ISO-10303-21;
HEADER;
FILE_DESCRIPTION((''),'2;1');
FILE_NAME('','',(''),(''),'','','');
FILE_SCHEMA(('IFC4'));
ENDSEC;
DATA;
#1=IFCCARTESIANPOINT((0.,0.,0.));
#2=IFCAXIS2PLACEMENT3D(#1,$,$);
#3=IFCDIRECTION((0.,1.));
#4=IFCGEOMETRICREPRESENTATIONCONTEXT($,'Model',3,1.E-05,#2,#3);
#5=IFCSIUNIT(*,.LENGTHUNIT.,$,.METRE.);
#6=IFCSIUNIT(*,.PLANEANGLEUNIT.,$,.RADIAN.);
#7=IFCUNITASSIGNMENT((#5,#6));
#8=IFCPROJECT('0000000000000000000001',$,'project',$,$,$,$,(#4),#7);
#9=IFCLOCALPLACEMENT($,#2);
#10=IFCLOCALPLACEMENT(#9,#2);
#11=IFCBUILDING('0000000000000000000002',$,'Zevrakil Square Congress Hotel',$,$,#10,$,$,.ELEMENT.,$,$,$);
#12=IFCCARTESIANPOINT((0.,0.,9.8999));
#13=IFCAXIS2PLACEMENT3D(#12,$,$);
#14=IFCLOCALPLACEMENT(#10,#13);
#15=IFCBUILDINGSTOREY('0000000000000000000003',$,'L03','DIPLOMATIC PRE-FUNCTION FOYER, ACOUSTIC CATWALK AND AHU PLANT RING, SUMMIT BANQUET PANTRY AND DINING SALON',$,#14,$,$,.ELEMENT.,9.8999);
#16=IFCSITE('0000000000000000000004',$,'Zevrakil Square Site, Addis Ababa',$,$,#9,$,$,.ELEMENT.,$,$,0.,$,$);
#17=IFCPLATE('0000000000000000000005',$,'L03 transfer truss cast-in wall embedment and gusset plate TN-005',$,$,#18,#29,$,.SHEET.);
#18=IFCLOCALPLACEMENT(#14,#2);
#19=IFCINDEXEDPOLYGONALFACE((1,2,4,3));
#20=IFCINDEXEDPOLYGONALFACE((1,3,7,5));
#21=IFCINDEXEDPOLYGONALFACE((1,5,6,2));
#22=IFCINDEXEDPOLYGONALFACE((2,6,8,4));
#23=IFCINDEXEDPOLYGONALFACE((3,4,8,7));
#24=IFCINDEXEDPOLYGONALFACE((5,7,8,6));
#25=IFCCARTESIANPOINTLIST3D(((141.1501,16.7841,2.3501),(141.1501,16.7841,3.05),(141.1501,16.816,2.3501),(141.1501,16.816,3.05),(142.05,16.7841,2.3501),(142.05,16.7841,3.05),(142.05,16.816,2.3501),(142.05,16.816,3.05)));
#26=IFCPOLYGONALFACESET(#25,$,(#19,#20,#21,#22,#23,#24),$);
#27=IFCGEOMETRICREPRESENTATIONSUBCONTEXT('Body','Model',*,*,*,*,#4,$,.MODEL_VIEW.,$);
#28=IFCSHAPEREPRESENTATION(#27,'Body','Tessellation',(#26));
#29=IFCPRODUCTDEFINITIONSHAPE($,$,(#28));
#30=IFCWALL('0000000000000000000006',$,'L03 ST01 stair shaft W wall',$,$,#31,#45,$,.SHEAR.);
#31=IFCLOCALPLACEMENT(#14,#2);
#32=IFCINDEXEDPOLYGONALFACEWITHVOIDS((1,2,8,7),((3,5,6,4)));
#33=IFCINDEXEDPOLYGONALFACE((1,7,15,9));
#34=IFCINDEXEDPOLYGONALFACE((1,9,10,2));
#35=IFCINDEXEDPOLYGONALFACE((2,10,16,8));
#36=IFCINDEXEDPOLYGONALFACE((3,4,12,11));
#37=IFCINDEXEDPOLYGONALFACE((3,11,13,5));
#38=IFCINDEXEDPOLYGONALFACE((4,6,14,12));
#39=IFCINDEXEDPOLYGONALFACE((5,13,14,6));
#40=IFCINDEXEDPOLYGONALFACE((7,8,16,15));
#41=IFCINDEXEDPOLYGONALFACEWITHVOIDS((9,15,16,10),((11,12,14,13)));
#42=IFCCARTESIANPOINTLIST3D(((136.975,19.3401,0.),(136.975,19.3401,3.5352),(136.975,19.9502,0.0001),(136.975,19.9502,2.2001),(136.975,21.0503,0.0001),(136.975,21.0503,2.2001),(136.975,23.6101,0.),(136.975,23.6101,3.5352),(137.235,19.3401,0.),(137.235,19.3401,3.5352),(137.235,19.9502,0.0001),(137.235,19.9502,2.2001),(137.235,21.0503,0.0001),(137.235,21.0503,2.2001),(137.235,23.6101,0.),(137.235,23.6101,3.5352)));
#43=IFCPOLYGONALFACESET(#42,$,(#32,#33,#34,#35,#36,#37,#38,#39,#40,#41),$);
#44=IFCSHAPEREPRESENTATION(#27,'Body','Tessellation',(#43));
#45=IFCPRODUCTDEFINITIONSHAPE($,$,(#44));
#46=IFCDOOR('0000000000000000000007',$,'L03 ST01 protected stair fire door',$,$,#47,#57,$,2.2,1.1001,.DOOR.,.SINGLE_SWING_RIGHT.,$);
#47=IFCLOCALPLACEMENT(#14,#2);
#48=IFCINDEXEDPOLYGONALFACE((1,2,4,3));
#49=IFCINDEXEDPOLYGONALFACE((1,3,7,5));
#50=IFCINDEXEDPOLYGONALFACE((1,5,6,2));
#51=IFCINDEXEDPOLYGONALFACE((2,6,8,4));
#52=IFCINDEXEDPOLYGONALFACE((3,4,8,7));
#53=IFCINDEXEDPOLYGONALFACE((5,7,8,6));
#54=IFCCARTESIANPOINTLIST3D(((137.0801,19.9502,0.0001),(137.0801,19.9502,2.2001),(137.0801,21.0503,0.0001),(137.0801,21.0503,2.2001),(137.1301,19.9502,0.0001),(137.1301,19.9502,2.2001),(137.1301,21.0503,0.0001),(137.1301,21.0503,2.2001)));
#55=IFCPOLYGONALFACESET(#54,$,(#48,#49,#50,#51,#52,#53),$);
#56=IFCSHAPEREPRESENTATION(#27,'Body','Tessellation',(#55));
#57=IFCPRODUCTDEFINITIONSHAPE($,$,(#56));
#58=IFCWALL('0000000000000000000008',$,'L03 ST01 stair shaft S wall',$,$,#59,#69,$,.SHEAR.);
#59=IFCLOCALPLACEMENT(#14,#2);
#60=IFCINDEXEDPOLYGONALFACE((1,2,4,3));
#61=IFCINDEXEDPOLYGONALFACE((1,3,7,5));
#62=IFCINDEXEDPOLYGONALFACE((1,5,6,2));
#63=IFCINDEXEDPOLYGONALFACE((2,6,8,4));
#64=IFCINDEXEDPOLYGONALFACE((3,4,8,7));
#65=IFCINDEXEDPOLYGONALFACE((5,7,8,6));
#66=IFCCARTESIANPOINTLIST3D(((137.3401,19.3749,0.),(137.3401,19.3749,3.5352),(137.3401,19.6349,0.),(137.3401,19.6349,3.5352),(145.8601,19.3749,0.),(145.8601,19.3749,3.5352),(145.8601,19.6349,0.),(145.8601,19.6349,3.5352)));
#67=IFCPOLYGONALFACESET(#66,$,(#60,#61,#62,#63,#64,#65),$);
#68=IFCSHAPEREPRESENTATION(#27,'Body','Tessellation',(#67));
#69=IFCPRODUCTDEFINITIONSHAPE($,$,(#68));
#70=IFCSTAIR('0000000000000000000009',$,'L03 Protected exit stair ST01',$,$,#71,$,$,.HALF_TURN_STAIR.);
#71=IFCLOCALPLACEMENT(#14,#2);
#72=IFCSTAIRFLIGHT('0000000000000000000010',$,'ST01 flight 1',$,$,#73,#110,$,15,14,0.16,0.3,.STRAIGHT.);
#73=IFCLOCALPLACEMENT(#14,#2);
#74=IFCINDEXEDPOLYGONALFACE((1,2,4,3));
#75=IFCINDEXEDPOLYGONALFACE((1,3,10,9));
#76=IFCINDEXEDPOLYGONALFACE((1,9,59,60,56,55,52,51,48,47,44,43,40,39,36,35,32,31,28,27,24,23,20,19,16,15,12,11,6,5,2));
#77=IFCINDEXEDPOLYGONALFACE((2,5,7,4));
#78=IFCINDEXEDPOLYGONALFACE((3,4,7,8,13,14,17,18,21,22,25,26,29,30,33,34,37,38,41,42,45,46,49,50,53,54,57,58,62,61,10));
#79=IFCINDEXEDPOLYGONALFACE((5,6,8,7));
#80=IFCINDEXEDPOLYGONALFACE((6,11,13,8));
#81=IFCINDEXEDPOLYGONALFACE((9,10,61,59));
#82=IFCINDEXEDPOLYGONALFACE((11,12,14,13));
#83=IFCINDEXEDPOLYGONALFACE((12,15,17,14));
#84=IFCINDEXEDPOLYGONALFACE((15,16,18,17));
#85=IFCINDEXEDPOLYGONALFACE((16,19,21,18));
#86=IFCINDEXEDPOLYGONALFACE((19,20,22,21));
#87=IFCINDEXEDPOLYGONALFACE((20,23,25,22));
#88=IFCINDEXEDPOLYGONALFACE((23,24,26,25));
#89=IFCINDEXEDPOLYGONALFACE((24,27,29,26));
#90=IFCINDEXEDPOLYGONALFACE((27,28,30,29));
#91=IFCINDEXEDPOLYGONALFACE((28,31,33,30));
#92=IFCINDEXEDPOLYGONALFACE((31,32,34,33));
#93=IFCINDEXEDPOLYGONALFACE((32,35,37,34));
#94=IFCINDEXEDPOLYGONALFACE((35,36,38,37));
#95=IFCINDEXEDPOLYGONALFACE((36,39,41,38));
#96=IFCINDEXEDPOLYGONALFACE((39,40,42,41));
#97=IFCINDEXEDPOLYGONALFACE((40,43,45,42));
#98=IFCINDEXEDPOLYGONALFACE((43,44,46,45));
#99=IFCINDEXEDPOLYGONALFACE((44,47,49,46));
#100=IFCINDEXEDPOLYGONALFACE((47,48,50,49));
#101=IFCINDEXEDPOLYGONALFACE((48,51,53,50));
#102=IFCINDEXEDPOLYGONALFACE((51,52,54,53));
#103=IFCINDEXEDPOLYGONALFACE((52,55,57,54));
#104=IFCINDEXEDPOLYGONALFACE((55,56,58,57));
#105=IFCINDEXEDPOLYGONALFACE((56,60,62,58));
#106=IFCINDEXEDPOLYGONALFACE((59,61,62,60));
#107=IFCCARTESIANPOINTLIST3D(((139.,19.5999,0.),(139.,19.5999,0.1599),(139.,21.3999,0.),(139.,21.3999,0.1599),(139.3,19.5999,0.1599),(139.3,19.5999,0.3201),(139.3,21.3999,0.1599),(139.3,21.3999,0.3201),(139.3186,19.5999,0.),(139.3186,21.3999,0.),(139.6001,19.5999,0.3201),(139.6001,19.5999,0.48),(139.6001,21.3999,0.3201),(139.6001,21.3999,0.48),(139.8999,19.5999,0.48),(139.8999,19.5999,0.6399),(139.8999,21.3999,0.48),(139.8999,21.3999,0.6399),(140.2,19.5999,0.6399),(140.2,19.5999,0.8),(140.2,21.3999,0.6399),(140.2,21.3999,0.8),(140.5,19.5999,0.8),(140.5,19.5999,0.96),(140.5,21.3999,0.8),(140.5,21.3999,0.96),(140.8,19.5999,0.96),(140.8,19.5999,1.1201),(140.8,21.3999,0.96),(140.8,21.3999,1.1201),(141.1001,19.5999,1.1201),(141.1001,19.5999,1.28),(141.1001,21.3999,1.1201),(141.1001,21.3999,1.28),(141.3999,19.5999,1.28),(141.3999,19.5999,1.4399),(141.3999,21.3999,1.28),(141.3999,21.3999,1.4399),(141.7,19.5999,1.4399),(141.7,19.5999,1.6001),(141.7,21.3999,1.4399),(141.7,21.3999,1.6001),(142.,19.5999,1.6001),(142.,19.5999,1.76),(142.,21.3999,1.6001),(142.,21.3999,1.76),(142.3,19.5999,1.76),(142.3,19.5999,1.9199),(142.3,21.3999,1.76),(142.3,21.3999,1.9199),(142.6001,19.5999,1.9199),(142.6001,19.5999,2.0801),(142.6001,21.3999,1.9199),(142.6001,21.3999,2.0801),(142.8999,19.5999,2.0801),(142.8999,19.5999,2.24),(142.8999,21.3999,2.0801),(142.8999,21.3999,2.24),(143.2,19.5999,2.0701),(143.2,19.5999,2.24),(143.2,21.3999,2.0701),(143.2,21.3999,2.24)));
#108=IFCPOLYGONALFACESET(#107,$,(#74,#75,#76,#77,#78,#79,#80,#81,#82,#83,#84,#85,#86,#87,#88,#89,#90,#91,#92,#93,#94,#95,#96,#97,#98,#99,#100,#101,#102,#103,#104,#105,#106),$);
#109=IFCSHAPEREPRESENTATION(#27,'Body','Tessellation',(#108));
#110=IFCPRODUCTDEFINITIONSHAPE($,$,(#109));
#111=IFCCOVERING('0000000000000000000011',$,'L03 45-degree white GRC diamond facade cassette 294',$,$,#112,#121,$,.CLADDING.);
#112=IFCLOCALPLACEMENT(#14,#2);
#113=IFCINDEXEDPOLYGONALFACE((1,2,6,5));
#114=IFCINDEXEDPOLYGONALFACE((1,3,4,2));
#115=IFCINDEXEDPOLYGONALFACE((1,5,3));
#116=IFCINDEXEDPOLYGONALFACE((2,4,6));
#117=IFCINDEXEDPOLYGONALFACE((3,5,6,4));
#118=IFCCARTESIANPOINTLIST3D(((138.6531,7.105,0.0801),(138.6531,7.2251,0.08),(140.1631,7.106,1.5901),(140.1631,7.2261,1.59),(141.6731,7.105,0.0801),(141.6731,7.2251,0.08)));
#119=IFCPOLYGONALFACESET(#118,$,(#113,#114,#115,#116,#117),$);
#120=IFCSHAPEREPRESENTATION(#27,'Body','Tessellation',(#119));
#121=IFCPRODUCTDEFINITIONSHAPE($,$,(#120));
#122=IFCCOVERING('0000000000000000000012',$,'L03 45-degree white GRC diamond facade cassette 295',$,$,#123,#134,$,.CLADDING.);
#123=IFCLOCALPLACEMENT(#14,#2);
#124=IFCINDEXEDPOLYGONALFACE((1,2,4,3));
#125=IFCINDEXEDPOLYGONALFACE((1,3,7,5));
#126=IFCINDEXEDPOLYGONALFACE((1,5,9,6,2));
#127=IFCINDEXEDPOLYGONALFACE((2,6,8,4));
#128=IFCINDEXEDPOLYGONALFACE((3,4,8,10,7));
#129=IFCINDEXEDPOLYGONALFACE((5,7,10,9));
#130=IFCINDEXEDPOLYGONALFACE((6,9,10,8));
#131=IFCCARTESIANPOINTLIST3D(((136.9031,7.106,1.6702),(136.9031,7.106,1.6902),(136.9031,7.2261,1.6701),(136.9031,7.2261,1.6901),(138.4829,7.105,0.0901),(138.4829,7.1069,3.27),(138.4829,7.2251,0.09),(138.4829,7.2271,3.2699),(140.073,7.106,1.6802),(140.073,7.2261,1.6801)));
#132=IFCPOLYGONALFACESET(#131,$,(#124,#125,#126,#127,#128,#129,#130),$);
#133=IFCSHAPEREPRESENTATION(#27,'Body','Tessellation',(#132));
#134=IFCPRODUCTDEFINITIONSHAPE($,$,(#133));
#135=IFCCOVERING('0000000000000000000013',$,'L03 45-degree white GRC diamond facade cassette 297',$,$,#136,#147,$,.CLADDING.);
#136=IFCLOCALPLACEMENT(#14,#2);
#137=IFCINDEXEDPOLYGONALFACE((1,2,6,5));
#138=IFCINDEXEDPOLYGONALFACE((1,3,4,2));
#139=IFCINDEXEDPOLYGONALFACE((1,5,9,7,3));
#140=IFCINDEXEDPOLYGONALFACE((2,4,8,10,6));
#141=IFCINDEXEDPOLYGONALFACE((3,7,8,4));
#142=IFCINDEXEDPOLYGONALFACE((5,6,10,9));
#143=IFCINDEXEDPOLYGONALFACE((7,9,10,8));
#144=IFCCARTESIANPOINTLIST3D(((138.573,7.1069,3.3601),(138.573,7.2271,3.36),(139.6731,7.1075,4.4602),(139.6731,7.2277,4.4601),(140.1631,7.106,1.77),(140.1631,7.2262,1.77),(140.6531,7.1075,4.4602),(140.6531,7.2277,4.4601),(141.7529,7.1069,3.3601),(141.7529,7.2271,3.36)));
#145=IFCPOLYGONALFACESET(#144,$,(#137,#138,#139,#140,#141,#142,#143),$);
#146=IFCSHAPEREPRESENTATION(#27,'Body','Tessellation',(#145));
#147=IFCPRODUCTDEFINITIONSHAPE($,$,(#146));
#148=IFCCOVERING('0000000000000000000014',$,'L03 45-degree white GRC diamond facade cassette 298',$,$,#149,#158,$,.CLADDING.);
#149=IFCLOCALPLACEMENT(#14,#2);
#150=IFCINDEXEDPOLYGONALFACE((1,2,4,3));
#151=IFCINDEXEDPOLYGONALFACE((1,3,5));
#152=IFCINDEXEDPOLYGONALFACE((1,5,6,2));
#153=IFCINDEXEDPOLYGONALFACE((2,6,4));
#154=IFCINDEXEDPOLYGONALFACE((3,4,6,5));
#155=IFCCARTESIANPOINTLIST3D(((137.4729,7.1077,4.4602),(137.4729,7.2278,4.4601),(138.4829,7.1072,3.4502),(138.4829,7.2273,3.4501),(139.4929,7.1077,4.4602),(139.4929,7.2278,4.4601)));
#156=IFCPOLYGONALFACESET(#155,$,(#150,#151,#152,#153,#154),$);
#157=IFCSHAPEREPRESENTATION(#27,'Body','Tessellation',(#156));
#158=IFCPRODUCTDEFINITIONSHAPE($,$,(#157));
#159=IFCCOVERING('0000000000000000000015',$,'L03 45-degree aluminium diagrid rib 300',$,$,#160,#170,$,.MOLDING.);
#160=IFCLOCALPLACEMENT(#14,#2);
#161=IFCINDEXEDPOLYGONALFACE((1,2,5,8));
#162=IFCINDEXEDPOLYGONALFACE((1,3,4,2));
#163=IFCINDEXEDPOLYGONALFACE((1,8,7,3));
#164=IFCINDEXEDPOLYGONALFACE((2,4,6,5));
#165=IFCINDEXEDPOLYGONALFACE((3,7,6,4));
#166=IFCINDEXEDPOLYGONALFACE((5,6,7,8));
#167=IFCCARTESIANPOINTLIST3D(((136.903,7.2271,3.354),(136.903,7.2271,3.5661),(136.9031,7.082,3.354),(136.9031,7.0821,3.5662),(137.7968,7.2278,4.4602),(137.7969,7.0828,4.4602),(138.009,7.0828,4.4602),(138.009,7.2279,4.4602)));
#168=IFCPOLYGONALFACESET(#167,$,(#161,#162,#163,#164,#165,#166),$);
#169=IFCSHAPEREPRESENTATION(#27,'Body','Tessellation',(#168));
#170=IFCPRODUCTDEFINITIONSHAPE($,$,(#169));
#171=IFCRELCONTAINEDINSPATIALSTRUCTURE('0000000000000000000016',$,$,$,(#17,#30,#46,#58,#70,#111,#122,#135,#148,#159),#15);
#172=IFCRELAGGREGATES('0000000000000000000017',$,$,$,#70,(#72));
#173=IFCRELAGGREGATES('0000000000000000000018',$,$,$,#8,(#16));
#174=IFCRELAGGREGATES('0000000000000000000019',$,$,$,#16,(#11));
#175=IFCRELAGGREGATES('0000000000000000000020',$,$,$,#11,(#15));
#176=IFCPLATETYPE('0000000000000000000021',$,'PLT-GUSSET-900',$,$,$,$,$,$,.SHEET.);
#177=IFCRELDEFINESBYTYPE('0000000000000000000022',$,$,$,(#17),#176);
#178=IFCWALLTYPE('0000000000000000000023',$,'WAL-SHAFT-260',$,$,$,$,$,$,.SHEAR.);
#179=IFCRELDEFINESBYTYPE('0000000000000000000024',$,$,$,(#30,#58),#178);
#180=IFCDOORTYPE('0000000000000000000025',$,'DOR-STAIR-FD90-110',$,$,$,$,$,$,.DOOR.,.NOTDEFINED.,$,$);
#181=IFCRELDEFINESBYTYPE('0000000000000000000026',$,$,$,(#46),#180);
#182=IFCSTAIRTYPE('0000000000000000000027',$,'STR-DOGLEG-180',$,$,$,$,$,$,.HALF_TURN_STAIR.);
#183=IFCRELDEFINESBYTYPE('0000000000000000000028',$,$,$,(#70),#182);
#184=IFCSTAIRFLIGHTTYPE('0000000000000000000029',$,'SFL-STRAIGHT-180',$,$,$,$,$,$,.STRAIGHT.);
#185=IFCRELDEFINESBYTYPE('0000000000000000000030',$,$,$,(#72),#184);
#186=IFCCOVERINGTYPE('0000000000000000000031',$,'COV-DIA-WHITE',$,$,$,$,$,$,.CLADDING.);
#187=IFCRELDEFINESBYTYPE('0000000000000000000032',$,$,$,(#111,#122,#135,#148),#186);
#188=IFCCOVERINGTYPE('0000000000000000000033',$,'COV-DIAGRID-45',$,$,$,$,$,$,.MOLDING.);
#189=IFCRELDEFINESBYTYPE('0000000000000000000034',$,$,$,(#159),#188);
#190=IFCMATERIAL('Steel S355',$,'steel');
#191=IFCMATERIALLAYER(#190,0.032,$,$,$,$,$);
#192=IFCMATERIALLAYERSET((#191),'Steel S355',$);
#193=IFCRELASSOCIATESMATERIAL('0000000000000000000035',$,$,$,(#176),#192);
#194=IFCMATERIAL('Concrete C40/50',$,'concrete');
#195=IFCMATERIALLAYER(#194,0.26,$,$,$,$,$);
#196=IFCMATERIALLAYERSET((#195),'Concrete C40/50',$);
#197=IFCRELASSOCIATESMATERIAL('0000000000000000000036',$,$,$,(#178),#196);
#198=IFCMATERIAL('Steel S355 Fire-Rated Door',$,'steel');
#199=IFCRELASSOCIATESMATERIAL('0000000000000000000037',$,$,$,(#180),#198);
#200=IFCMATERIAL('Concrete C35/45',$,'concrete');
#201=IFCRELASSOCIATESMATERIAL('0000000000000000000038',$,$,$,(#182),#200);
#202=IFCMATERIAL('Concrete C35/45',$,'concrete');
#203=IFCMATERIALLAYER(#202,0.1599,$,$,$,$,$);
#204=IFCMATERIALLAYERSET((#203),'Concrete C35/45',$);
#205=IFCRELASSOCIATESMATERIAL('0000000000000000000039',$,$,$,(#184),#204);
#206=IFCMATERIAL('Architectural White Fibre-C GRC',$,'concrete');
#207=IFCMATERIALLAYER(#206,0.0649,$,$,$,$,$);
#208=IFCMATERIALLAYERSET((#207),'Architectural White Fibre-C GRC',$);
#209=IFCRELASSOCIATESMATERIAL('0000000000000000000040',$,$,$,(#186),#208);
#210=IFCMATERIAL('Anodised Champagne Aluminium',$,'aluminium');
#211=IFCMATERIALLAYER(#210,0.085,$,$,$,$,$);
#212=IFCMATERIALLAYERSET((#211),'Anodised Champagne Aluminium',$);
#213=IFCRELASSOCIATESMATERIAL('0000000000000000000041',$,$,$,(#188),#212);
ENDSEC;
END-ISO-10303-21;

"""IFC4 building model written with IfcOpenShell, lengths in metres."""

from ifc_helpers import new_model, si_unit, direction, frame, frame_2d, origin, origin_2d, place, context, subcontext, project, spatial, polyline, rectangle, outline, extrude, material, layer, layer_set, type_object, element, fill, aggregate, save


model = new_model("IFC4")

# Units and contexts
model_context = context("Model", 3, precision=1e-05, world=origin(), true_north=direction((0.0, 1.0)))
body_context = subcontext(model_context, "Body", "Model", "MODEL_VIEW")
ifc_project = project(units=[si_unit("LENGTHUNIT", "METRE"), si_unit("PLANEANGLEUNIT", "RADIAN")], contexts=[model_context])

# Site, building, storey
site_placement = place(None, origin())
site = spatial("IfcSite", under=ifc_project, at=site_placement, Name="Zevrakil Square Site, Addis Ababa", CompositionType="ELEMENT", RefElevation=0.0)
building_placement = place(site_placement, origin())
building = spatial("IfcBuilding", under=site, at=building_placement, Name="Zevrakil Square Congress Hotel", CompositionType="ELEMENT")
storey_placement = place(building_placement, frame((0.0, 0.0, 9.8999)))
storey = spatial("IfcBuildingStorey", under=building, at=storey_placement, Name="L03", Description="DIPLOMATIC PRE-FUNCTION FOYER, ACOUSTIC CATWALK AND AHU PLANT RING, SUMMIT BANQUET PANTRY AND DINING SALON", CompositionType="ELEMENT", Elevation=9.8999)

# Plate
ifc_material_1 = material(Name="Steel S355", Category="steel")
ifc_layer_1 = layer(ifc_material_1, 0.032)
ifc_layer_set_1 = layer_set([ifc_layer_1], Name="Steel S355")
plate_type_1 = type_object("IfcPlateType", Name="PLT-GUSSET-900", PredefinedType="SHEET", material=ifc_layer_set_1)
for number, where, z_axis, x_axis, name in (
    (1, (141.6001, 16.8, 2.3501), (0.0, 0.0, 1.0), (1.0, 0.0, 0.0), "L03 transfer truss cast-in wall embedment and gusset plate TN-005"),
):
    element("IfcPlate", number, at=place(storey_placement, frame(where, z_axis=z_axis, x_axis=x_axis)), inside=storey, type_object=plate_type_1, Name=name, PredefinedType="SHEET", context=body_context, shape_type="SweptSolid", body=[
        extrude(rectangle(XDim=0.8999, YDim=0.032, at=origin_2d()), origin(), (0.0, 0.0, 1.0), 0.7),
    ])

# Wall, opening, door
ifc_material_2 = material(Name="Concrete C40/50", Category="concrete")
ifc_layer_2 = layer(ifc_material_2, 0.26)
ifc_layer_set_2 = layer_set([ifc_layer_2], Name="Concrete C40/50")
wall_type = type_object("IfcWallType", Name="WAL-SHAFT-260", PredefinedType="SHEAR", material=ifc_layer_set_2)
wall_1_placement = place(storey_placement, frame((137.105, 19.3401, 0.0), z_axis=(0.0, 0.0, 1.0), x_axis=(0.0, 1.0, 0.0)))
wall_1 = element("IfcWall", 2, at=wall_1_placement, inside=storey, type_object=wall_type, Name="L03 ST01 stair shaft W wall", PredefinedType="SHEAR", context=body_context, shape_type="SweptSolid", body=[
    extrude(rectangle(XDim=4.27, YDim=0.26, at=frame_2d((2.135, 0.0))), origin(), (0.0, 0.0, 1.0), 3.5352),
])
opening_placement = place(wall_1_placement, frame((0.6101, 0.0, 0.0)))
opening = element("IfcOpeningElement", 3, at=opening_placement, cuts=wall_1, PredefinedType="OPENING", context=body_context, shape_type="SweptSolid", body=[
    extrude(rectangle(XDim=1.1001, YDim=2.2, at=frame_2d((0.55, 1.1001))), frame((0.0, 0.1401, 0.0), z_axis=(0.0, -1.0, 0.0), x_axis=(1.0, 0.0, 0.0)), (0.0, 0.0, 1.0), 0.28),
])
ifc_material_3 = material(Name="Steel S355 Fire-Rated Door", Category="steel")
door_type = type_object("IfcDoorType", Name="DOR-STAIR-FD90-110", OperationType="NOTDEFINED", PredefinedType="DOOR", material=ifc_material_3)
door_placement = place(opening_placement, origin())
door = element("IfcDoor", 4, at=door_placement, inside=storey, type_object=door_type, Name="L03 ST01 protected stair fire door", OperationType="SINGLE_SWING_RIGHT", OverallHeight=2.2, OverallWidth=1.1001, PredefinedType="DOOR", context=body_context, shape_type="SweptSolid", body=[
    extrude(rectangle(XDim=1.1001, YDim=2.2, at=frame_2d((0.55, 1.1001))), frame((0.0, 0.0249, 0.0), z_axis=(0.0, -1.0, 0.0), x_axis=(1.0, 0.0, 0.0)), (0.0, 0.0, 1.0), 0.05),
])
fill(opening, door)

# Wall
wall_2_placement = place(storey_placement, frame((137.3401, 19.5049, 0.0), z_axis=(0.0, 0.0, 1.0), x_axis=(1.0, 0.0, 0.0)))
element("IfcWall", 5, at=wall_2_placement, inside=storey, type_object=wall_type, Name="L03 ST01 stair shaft S wall", PredefinedType="SHEAR", context=body_context, shape_type="SweptSolid", body=[
    extrude(rectangle(XDim=8.52, YDim=0.26, at=frame_2d((4.26, 0.0))), origin(), (0.0, 0.0, 1.0), 3.5352),
])

# Stair, stair flight
ifc_material_4 = material(Name="Concrete C35/45", Category="concrete")
stair_type = type_object("IfcStairType", Name="STR-DOGLEG-180", PredefinedType="HALF_TURN_STAIR", material=ifc_material_4)
stair_placement = place(storey_placement, origin())
stair = element("IfcStair", 6, at=stair_placement, inside=storey, type_object=stair_type, Name="L03 Protected exit stair ST01", PredefinedType="HALF_TURN_STAIR")
ifc_material_5 = material(Name="Concrete C35/45", Category="concrete")
ifc_layer_3 = layer(ifc_material_5, 0.1599)
ifc_layer_set_3 = layer_set([ifc_layer_3], Name="Concrete C35/45")
stair_flight_type = type_object("IfcStairFlightType", Name="SFL-STRAIGHT-180", PredefinedType="STRAIGHT", material=ifc_layer_set_3)
stair_flight_placement = place(storey_placement, frame((139.0, 20.5, 0.0), z_axis=(0.0, 0.0, 1.0), x_axis=(1.0, 0.0, 0.0)))
stair_flight = element("IfcStairFlight", 7, at=stair_flight_placement, type_object=stair_flight_type, Name="ST01 flight 1", NumberOfRisers=15, NumberOfTreads=14, PredefinedType="STRAIGHT", RiserHeight=0.16, TreadLength=0.3, context=body_context, shape_type="SweptSolid", body=[
    extrude(outline(polyline([(0.0, 0.0), (0.0, 0.1599), (0.3, 0.1599), (0.3, 0.3201), (0.6001, 0.3201), (0.6001, 0.48), (0.8999, 0.48), (0.8999, 0.6399), (1.2, 0.6399), (1.2, 0.8), (1.5, 0.8), (1.5, 0.96), (1.8, 0.96), (1.8, 1.1201), (2.1001, 1.1201), (2.1001, 1.28), (2.3999, 1.28), (2.3999, 1.4399), (2.7, 1.4399), (2.7, 1.6001), (3.0, 1.6001), (3.0, 1.76), (3.3, 1.76), (3.3, 1.9199), (3.6001, 1.9199), (3.6001, 2.0801), (3.8999, 2.0801), (3.8999, 2.24), (4.2, 2.24), (4.2, 2.3999), (4.2, 2.0701), (0.3186, 0.0), (0.0, 0.0)])), frame((0.0, 0.8999, 0.0), z_axis=(0.0, -1.0, 0.0), x_axis=(1.0, 0.0, 0.0)), (0.0, 0.0, 1.0), 1.8),
])
aggregate(stair, [stair_flight])

# Coverings
ifc_material_6 = material(Name="Architectural White Fibre-C GRC", Category="concrete")
ifc_layer_4 = layer(ifc_material_6, 0.0649)
ifc_layer_set_4 = layer_set([ifc_layer_4], Name="Architectural White Fibre-C GRC")
covering_type_1 = type_object("IfcCoveringType", Name="COV-DIA-WHITE", PredefinedType="CLADDING", material=ifc_layer_set_4)
covering_1_placement = place(storey_placement, frame((140.1631, 7.106, 1.5901), z_axis=(0.0, -1.0, 0.000647), x_axis=(0.707107, -0.000457, -0.707107)))
element("IfcCovering", 8, at=covering_1_placement, inside=storey, type_object=covering_type_1, Name="L03 45-degree white GRC diamond facade cassette 294", PredefinedType="CLADDING", context=body_context, shape_type="SweptSolid", body=[
    extrude(outline(polyline([(0.0, 0.0), (2.1355, 0.0), (0.0, -2.1355), (0.0, 0.0)])), origin(), (0.0, 0.0, -1.0), 0.1201),
])
covering_2_placement = place(storey_placement, frame((138.4829, 7.1069, 3.27), z_axis=(0.0, -1.0, 0.000612), x_axis=(0.707161, -0.000433, -0.707052)))
element("IfcCovering", 9, at=covering_2_placement, inside=storey, type_object=covering_type_1, Name="L03 45-degree white GRC diamond facade cassette 295", PredefinedType="CLADDING", context=body_context, shape_type="SweptSolid", body=[
    extrude(outline(polyline([(0.0, 0.0), (2.2486, 0.0), (2.2484, -2.2487), (0.014, -2.2484), (-0.0002, -2.2342), (0.0, 0.0)])), origin(), (0.0, 0.0, -1.0), 0.1201),
])
covering_3_placement = place(storey_placement, frame((141.7529, 7.1069, 3.3601), z_axis=(0.0, -1.0, 0.000558), x_axis=(-0.707052, -0.000395, -0.707161)))
element("IfcCovering", 10, at=covering_3_placement, inside=storey, type_object=covering_type_1, Name="L03 45-degree white GRC diamond facade cassette 297", PredefinedType="CLADDING", context=body_context, shape_type="SweptSolid", body=[
    extrude(outline(polyline([(0.0, 0.0), (2.2486, 0.0), (2.2484, -2.2487), (0.6926, -2.2486), (-0.0003, -1.5556), (0.0, 0.0)])), origin(), (0.0, 0.0, -1.0), 0.1201),
])
covering_4_placement = place(storey_placement, frame((138.4829, 7.1072, 3.4502), z_axis=(0.0, -1.0, 0.000483), x_axis=(-0.707107, 0.000342, 0.707107)))
element("IfcCovering", 11, at=covering_4_placement, inside=storey, type_object=covering_type_1, Name="L03 45-degree white GRC diamond facade cassette 298", PredefinedType="CLADDING", context=body_context, shape_type="SweptSolid", body=[
    extrude(outline(polyline([(0.0, 0.0), (1.4284, 0.0), (0.0, -1.4284), (0.0, 0.0)])), origin(), (0.0, 0.0, -1.0), 0.1201),
])
ifc_material_7 = material(Name="Anodised Champagne Aluminium", Category="aluminium")
ifc_layer_5 = layer(ifc_material_7, 0.085)
ifc_layer_set_5 = layer_set([ifc_layer_5], Name="Anodised Champagne Aluminium")
covering_type_2 = type_object("IfcCoveringType", Name="COV-DIAGRID-45", PredefinedType="MOLDING", material=ifc_layer_set_5)
covering_5_placement = place(storey_placement, frame((136.9031, 7.082, 3.354), z_axis=(0.000366, -1.0, 0.000366), x_axis=(0.0, 0.000366, 1.0)))
element("IfcCovering", 12, at=covering_5_placement, inside=storey, type_object=covering_type_2, Name="L03 45-degree aluminium diagrid rib 300", PredefinedType="MOLDING", context=body_context, shape_type="SweptSolid", body=[
    extrude(outline(polyline([(0.0, 0.0), (0.2122, 0.0), (1.1062, -0.8938), (1.1062, -1.106), (0.0, 0.0)])), origin(), (0.0, 0.0, -1.0), 0.145),
])

save(model, "model.ifc")
